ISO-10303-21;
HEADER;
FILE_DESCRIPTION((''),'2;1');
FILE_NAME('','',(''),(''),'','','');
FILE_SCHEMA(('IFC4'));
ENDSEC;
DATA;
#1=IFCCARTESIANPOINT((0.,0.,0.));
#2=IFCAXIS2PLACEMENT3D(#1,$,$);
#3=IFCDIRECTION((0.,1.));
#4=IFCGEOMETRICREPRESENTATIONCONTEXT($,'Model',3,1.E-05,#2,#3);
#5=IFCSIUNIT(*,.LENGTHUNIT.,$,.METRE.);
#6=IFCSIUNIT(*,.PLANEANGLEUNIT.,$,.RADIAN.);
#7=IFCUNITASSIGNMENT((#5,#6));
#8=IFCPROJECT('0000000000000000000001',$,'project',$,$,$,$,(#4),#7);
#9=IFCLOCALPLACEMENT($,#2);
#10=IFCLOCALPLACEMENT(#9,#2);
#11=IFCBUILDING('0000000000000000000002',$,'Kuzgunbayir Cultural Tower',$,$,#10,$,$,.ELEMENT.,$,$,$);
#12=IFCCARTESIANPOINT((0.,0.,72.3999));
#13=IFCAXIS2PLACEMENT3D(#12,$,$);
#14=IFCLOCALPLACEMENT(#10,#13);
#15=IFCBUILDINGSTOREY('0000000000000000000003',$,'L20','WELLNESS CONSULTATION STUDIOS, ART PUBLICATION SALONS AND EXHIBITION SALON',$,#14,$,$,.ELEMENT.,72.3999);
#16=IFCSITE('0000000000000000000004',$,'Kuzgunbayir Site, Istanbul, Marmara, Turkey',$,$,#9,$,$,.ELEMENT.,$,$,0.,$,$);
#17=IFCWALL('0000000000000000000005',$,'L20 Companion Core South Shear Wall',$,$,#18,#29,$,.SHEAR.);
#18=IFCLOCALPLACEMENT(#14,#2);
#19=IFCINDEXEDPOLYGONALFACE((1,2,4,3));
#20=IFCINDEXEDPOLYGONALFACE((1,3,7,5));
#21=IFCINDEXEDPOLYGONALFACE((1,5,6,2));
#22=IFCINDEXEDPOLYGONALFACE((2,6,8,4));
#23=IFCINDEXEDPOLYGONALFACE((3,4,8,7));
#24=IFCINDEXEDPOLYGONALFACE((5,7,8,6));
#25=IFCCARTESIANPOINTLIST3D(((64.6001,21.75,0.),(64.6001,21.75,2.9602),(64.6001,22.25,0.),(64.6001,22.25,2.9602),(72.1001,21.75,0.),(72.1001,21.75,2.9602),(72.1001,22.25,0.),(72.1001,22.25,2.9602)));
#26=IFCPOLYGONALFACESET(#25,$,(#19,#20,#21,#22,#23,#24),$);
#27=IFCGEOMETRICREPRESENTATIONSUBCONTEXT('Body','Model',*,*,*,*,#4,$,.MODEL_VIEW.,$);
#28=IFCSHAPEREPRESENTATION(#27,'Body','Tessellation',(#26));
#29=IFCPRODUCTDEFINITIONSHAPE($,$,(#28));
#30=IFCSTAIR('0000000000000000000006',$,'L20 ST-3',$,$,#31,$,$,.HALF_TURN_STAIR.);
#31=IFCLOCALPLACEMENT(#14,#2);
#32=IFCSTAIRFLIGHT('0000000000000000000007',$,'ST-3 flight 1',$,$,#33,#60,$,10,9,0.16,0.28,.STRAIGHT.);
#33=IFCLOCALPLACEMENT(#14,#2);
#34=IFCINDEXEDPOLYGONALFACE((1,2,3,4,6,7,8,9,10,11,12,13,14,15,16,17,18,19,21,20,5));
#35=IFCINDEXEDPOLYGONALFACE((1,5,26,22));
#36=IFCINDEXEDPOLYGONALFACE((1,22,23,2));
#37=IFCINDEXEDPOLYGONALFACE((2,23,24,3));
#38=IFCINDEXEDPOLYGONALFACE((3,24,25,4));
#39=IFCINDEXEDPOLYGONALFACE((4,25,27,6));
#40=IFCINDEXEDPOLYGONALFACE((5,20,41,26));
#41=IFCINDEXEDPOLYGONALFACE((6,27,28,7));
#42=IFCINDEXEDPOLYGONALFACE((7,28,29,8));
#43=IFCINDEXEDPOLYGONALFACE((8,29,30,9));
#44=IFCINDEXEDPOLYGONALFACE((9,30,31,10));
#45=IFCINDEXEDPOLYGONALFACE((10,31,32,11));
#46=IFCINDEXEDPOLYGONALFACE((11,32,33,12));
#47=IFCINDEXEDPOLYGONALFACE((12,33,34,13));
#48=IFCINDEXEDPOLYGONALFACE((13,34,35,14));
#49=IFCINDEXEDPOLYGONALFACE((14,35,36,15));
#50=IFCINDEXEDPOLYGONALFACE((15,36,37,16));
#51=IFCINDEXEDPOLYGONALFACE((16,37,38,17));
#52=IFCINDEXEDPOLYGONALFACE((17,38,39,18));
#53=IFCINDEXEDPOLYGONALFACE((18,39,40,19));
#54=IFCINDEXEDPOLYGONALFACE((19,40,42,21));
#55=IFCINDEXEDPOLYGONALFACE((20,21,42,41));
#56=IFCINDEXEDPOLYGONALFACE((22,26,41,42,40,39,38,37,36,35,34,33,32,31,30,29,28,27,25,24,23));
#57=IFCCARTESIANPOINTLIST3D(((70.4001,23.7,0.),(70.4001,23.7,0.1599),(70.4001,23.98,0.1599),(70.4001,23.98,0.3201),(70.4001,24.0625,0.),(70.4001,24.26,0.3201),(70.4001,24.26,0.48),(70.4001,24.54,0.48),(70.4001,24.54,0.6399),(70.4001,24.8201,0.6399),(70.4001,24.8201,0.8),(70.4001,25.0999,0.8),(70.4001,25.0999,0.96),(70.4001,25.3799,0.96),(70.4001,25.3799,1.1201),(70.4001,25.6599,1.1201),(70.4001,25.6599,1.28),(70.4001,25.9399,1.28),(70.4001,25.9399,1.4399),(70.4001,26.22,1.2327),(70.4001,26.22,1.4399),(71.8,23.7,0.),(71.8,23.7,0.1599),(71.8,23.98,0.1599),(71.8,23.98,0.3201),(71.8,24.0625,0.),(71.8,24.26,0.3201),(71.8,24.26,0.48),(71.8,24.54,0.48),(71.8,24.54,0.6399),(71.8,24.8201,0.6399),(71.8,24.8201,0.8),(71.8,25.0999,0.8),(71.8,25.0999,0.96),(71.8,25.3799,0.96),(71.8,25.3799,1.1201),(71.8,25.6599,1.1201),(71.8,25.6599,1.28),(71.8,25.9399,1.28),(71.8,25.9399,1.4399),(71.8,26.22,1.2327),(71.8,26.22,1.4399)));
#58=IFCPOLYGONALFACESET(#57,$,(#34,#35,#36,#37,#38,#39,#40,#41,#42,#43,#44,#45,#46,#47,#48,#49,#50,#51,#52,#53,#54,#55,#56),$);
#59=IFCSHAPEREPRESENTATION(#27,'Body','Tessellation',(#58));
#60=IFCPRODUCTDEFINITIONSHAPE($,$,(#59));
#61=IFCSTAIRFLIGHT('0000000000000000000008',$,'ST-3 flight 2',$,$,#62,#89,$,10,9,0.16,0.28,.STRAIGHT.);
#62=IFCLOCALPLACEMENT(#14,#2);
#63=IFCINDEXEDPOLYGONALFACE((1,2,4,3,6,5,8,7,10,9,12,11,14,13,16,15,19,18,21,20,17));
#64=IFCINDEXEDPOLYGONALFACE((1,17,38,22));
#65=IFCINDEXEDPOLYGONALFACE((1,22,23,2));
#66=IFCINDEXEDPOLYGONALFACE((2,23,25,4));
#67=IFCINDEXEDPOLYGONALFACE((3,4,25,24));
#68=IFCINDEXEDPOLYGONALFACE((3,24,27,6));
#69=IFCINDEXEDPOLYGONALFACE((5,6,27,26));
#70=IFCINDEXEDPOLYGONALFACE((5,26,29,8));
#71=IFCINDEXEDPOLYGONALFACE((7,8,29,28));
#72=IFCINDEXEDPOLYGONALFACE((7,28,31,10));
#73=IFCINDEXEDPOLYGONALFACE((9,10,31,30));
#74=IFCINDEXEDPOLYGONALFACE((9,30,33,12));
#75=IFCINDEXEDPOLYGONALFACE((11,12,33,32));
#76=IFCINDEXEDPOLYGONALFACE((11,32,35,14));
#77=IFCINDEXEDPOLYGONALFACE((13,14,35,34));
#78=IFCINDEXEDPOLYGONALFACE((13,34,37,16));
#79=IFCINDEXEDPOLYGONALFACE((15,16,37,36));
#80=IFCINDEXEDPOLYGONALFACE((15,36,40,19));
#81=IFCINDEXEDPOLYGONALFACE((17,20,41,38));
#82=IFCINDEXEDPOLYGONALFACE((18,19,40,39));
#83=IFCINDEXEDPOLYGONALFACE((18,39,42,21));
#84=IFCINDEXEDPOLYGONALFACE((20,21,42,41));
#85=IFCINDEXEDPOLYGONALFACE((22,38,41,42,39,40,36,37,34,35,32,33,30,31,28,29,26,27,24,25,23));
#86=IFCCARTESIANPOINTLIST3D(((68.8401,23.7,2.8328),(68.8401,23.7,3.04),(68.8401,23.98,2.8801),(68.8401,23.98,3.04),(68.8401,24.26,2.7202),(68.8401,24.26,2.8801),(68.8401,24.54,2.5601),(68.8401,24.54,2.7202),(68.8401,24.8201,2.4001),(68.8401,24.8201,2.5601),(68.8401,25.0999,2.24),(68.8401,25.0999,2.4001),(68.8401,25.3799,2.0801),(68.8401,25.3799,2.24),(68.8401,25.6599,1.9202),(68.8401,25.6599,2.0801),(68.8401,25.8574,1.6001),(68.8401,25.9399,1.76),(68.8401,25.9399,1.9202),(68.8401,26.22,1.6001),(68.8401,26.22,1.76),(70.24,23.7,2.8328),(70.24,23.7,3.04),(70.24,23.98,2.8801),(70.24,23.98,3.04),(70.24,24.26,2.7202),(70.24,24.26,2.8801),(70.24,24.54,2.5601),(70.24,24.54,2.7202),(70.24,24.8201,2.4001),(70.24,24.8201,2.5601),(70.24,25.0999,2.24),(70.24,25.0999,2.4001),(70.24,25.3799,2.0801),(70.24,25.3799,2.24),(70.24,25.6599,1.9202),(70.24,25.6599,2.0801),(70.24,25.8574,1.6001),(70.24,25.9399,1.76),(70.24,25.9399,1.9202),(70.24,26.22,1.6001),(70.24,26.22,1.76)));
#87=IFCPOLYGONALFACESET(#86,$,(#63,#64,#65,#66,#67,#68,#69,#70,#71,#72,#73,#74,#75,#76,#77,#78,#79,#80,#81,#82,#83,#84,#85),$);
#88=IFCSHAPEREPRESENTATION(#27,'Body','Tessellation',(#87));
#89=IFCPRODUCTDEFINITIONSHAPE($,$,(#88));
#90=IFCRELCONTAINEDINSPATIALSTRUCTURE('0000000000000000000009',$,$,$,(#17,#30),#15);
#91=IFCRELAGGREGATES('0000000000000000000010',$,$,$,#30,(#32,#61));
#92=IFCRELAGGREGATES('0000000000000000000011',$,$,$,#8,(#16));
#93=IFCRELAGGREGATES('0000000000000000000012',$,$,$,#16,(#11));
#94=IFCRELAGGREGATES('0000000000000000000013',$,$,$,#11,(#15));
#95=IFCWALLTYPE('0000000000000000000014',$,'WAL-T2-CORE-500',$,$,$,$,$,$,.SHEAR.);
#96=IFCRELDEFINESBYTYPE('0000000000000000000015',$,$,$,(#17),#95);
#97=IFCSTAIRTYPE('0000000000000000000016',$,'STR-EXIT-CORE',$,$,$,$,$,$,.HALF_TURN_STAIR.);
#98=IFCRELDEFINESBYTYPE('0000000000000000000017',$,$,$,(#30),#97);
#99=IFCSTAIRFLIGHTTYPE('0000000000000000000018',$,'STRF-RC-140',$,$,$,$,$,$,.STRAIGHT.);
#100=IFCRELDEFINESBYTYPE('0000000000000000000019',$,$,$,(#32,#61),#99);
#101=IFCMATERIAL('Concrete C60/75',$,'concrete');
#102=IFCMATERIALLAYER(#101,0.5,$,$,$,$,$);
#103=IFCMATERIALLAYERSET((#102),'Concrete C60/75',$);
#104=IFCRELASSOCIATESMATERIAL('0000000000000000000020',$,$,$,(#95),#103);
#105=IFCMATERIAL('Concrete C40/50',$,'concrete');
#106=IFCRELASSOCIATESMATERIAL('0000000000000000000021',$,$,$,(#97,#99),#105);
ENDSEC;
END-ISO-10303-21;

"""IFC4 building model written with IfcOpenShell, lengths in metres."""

from ifc_helpers import new_model, si_unit, direction, frame, frame_2d, origin, place, context, subcontext, project, spatial, polyline, rectangle, outline, extrude, material, layer, layer_set, type_object, element, aggregate, save


model = new_model("IFC4")

# Units and contexts
model_context = context("Model", 3, precision=1e-05, world=origin(), true_north=direction((0.0, 1.0)))
body_context = subcontext(model_context, "Body", "Model", "MODEL_VIEW")
ifc_project = project(units=[si_unit("LENGTHUNIT", "METRE"), si_unit("PLANEANGLEUNIT", "RADIAN")], contexts=[model_context])

# Site, building, storey
site_placement = place(None, origin())
site = spatial("IfcSite", under=ifc_project, at=site_placement, Name="Kuzgunbayir Site, Istanbul, Marmara, Turkey", CompositionType="ELEMENT", RefElevation=0.0)
building_placement = place(site_placement, origin())
building = spatial("IfcBuilding", under=site, at=building_placement, Name="Kuzgunbayir Cultural Tower", CompositionType="ELEMENT")
storey_placement = place(building_placement, frame((0.0, 0.0, 72.3999)))
storey = spatial("IfcBuildingStorey", under=building, at=storey_placement, Name="L20", Description="WELLNESS CONSULTATION STUDIOS, ART PUBLICATION SALONS AND EXHIBITION SALON", CompositionType="ELEMENT", Elevation=72.3999)

# Shared definitions
ifc_material_1 = material(Name="Concrete C60/75", Category="concrete")

# Shared definitions
ifc_material_2 = material(Name="Concrete C40/50", Category="concrete")

# Wall
ifc_layer_1 = layer(ifc_material_1, 0.5)
ifc_layer_set_1 = layer_set([ifc_layer_1], Name="Concrete C60/75")
wall_type_1 = type_object("IfcWallType", Name="WAL-T2-CORE-500", PredefinedType="SHEAR", material=ifc_layer_set_1)
wall_1_placement = place(storey_placement, frame((64.6001, 22.0, 0.0), z_axis=(0.0, 0.0, 1.0), x_axis=(1.0, 0.0, 0.0)))
element("IfcWall", 1, at=wall_1_placement, inside=storey, type_object=wall_type_1, Name="L20 Companion Core South Shear Wall", PredefinedType="SHEAR", context=body_context, shape_type="SweptSolid", body=[
    extrude(rectangle(XDim=7.5, YDim=0.5, at=frame_2d((3.75, 0.0))), origin(), (0.0, 0.0, 1.0), 2.9602),
])

# Stair, stair flights
stair_type = type_object("IfcStairType", Name="STR-EXIT-CORE", PredefinedType="HALF_TURN_STAIR", material=ifc_material_2)
stair_placement = place(storey_placement, origin())
stair = element("IfcStair", 2, at=stair_placement, inside=storey, type_object=stair_type, Name="L20 ST-3", PredefinedType="HALF_TURN_STAIR")
stair_flight_type = type_object("IfcStairFlightType", Name="STRF-RC-140", PredefinedType="STRAIGHT", material=ifc_material_2)
stair_flight_1_placement = place(storey_placement, frame((71.1001, 23.7, 0.0), z_axis=(0.0, 0.0, 1.0), x_axis=(0.0, 1.0, 0.0)))
stair_flight_1 = element("IfcStairFlight", 3, at=stair_flight_1_placement, type_object=stair_flight_type, Name="ST-3 flight 1", NumberOfRisers=10, NumberOfTreads=9, PredefinedType="STRAIGHT", RiserHeight=0.16, TreadLength=0.28, context=body_context, shape_type="SweptSolid", body=[
    extrude(outline(polyline([(0.0, 0.0), (0.0, 0.1599), (0.28, 0.1599), (0.28, 0.3201), (0.5601, 0.3201), (0.5601, 0.48), (0.8401, 0.48), (0.8401, 0.6399), (1.1201, 0.6399), (1.1201, 0.8), (1.3999, 0.8), (1.3999, 0.96), (1.6799, 0.96), (1.6799, 1.1201), (1.96, 1.1201), (1.96, 1.28), (2.24, 1.28), (2.24, 1.4399), (2.52, 1.4399), (2.52, 1.6001), (2.52, 1.2327), (0.3625, 0.0), (0.0, 0.0)])), frame((0.0, 0.7, 0.0), z_axis=(0.0, -1.0, 0.0), x_axis=(1.0, 0.0, 0.0)), (0.0, 0.0, 1.0), 1.3999),
])
stair_flight_2_placement = place(storey_placement, frame((69.54, 26.22, 1.6001), z_axis=(0.0, 0.0, 1.0), x_axis=(0.0, -1.0, 0.0)))
stair_flight_2 = element("IfcStairFlight", 4, at=stair_flight_2_placement, type_object=stair_flight_type, Name="ST-3 flight 2", NumberOfRisers=10, NumberOfTreads=9, PredefinedType="STRAIGHT", RiserHeight=0.16, TreadLength=0.28, context=body_context, shape_type="SweptSolid", body=[
    extrude(outline(polyline([(0.0, 0.0), (0.0, 0.1599), (0.28, 0.1599), (0.28, 0.3201), (0.5601, 0.3201), (0.5601, 0.48), (0.8401, 0.48), (0.8401, 0.6399), (1.1201, 0.6399), (1.1201, 0.8), (1.3999, 0.8), (1.3999, 0.96), (1.6799, 0.96), (1.6799, 1.1201), (1.96, 1.1201), (1.96, 1.28), (2.24, 1.28), (2.24, 1.4399), (2.52, 1.4399), (2.52, 1.6001), (2.52, 1.2327), (0.3625, 0.0), (0.0, 0.0)])), frame((0.0, 0.7, 0.0), z_axis=(0.0, -1.0, 0.0), x_axis=(1.0, 0.0, 0.0)), (0.0, 0.0, 1.0), 1.3999),
])
aggregate(stair, [stair_flight_1, stair_flight_2])

save(model, "model.ifc")
